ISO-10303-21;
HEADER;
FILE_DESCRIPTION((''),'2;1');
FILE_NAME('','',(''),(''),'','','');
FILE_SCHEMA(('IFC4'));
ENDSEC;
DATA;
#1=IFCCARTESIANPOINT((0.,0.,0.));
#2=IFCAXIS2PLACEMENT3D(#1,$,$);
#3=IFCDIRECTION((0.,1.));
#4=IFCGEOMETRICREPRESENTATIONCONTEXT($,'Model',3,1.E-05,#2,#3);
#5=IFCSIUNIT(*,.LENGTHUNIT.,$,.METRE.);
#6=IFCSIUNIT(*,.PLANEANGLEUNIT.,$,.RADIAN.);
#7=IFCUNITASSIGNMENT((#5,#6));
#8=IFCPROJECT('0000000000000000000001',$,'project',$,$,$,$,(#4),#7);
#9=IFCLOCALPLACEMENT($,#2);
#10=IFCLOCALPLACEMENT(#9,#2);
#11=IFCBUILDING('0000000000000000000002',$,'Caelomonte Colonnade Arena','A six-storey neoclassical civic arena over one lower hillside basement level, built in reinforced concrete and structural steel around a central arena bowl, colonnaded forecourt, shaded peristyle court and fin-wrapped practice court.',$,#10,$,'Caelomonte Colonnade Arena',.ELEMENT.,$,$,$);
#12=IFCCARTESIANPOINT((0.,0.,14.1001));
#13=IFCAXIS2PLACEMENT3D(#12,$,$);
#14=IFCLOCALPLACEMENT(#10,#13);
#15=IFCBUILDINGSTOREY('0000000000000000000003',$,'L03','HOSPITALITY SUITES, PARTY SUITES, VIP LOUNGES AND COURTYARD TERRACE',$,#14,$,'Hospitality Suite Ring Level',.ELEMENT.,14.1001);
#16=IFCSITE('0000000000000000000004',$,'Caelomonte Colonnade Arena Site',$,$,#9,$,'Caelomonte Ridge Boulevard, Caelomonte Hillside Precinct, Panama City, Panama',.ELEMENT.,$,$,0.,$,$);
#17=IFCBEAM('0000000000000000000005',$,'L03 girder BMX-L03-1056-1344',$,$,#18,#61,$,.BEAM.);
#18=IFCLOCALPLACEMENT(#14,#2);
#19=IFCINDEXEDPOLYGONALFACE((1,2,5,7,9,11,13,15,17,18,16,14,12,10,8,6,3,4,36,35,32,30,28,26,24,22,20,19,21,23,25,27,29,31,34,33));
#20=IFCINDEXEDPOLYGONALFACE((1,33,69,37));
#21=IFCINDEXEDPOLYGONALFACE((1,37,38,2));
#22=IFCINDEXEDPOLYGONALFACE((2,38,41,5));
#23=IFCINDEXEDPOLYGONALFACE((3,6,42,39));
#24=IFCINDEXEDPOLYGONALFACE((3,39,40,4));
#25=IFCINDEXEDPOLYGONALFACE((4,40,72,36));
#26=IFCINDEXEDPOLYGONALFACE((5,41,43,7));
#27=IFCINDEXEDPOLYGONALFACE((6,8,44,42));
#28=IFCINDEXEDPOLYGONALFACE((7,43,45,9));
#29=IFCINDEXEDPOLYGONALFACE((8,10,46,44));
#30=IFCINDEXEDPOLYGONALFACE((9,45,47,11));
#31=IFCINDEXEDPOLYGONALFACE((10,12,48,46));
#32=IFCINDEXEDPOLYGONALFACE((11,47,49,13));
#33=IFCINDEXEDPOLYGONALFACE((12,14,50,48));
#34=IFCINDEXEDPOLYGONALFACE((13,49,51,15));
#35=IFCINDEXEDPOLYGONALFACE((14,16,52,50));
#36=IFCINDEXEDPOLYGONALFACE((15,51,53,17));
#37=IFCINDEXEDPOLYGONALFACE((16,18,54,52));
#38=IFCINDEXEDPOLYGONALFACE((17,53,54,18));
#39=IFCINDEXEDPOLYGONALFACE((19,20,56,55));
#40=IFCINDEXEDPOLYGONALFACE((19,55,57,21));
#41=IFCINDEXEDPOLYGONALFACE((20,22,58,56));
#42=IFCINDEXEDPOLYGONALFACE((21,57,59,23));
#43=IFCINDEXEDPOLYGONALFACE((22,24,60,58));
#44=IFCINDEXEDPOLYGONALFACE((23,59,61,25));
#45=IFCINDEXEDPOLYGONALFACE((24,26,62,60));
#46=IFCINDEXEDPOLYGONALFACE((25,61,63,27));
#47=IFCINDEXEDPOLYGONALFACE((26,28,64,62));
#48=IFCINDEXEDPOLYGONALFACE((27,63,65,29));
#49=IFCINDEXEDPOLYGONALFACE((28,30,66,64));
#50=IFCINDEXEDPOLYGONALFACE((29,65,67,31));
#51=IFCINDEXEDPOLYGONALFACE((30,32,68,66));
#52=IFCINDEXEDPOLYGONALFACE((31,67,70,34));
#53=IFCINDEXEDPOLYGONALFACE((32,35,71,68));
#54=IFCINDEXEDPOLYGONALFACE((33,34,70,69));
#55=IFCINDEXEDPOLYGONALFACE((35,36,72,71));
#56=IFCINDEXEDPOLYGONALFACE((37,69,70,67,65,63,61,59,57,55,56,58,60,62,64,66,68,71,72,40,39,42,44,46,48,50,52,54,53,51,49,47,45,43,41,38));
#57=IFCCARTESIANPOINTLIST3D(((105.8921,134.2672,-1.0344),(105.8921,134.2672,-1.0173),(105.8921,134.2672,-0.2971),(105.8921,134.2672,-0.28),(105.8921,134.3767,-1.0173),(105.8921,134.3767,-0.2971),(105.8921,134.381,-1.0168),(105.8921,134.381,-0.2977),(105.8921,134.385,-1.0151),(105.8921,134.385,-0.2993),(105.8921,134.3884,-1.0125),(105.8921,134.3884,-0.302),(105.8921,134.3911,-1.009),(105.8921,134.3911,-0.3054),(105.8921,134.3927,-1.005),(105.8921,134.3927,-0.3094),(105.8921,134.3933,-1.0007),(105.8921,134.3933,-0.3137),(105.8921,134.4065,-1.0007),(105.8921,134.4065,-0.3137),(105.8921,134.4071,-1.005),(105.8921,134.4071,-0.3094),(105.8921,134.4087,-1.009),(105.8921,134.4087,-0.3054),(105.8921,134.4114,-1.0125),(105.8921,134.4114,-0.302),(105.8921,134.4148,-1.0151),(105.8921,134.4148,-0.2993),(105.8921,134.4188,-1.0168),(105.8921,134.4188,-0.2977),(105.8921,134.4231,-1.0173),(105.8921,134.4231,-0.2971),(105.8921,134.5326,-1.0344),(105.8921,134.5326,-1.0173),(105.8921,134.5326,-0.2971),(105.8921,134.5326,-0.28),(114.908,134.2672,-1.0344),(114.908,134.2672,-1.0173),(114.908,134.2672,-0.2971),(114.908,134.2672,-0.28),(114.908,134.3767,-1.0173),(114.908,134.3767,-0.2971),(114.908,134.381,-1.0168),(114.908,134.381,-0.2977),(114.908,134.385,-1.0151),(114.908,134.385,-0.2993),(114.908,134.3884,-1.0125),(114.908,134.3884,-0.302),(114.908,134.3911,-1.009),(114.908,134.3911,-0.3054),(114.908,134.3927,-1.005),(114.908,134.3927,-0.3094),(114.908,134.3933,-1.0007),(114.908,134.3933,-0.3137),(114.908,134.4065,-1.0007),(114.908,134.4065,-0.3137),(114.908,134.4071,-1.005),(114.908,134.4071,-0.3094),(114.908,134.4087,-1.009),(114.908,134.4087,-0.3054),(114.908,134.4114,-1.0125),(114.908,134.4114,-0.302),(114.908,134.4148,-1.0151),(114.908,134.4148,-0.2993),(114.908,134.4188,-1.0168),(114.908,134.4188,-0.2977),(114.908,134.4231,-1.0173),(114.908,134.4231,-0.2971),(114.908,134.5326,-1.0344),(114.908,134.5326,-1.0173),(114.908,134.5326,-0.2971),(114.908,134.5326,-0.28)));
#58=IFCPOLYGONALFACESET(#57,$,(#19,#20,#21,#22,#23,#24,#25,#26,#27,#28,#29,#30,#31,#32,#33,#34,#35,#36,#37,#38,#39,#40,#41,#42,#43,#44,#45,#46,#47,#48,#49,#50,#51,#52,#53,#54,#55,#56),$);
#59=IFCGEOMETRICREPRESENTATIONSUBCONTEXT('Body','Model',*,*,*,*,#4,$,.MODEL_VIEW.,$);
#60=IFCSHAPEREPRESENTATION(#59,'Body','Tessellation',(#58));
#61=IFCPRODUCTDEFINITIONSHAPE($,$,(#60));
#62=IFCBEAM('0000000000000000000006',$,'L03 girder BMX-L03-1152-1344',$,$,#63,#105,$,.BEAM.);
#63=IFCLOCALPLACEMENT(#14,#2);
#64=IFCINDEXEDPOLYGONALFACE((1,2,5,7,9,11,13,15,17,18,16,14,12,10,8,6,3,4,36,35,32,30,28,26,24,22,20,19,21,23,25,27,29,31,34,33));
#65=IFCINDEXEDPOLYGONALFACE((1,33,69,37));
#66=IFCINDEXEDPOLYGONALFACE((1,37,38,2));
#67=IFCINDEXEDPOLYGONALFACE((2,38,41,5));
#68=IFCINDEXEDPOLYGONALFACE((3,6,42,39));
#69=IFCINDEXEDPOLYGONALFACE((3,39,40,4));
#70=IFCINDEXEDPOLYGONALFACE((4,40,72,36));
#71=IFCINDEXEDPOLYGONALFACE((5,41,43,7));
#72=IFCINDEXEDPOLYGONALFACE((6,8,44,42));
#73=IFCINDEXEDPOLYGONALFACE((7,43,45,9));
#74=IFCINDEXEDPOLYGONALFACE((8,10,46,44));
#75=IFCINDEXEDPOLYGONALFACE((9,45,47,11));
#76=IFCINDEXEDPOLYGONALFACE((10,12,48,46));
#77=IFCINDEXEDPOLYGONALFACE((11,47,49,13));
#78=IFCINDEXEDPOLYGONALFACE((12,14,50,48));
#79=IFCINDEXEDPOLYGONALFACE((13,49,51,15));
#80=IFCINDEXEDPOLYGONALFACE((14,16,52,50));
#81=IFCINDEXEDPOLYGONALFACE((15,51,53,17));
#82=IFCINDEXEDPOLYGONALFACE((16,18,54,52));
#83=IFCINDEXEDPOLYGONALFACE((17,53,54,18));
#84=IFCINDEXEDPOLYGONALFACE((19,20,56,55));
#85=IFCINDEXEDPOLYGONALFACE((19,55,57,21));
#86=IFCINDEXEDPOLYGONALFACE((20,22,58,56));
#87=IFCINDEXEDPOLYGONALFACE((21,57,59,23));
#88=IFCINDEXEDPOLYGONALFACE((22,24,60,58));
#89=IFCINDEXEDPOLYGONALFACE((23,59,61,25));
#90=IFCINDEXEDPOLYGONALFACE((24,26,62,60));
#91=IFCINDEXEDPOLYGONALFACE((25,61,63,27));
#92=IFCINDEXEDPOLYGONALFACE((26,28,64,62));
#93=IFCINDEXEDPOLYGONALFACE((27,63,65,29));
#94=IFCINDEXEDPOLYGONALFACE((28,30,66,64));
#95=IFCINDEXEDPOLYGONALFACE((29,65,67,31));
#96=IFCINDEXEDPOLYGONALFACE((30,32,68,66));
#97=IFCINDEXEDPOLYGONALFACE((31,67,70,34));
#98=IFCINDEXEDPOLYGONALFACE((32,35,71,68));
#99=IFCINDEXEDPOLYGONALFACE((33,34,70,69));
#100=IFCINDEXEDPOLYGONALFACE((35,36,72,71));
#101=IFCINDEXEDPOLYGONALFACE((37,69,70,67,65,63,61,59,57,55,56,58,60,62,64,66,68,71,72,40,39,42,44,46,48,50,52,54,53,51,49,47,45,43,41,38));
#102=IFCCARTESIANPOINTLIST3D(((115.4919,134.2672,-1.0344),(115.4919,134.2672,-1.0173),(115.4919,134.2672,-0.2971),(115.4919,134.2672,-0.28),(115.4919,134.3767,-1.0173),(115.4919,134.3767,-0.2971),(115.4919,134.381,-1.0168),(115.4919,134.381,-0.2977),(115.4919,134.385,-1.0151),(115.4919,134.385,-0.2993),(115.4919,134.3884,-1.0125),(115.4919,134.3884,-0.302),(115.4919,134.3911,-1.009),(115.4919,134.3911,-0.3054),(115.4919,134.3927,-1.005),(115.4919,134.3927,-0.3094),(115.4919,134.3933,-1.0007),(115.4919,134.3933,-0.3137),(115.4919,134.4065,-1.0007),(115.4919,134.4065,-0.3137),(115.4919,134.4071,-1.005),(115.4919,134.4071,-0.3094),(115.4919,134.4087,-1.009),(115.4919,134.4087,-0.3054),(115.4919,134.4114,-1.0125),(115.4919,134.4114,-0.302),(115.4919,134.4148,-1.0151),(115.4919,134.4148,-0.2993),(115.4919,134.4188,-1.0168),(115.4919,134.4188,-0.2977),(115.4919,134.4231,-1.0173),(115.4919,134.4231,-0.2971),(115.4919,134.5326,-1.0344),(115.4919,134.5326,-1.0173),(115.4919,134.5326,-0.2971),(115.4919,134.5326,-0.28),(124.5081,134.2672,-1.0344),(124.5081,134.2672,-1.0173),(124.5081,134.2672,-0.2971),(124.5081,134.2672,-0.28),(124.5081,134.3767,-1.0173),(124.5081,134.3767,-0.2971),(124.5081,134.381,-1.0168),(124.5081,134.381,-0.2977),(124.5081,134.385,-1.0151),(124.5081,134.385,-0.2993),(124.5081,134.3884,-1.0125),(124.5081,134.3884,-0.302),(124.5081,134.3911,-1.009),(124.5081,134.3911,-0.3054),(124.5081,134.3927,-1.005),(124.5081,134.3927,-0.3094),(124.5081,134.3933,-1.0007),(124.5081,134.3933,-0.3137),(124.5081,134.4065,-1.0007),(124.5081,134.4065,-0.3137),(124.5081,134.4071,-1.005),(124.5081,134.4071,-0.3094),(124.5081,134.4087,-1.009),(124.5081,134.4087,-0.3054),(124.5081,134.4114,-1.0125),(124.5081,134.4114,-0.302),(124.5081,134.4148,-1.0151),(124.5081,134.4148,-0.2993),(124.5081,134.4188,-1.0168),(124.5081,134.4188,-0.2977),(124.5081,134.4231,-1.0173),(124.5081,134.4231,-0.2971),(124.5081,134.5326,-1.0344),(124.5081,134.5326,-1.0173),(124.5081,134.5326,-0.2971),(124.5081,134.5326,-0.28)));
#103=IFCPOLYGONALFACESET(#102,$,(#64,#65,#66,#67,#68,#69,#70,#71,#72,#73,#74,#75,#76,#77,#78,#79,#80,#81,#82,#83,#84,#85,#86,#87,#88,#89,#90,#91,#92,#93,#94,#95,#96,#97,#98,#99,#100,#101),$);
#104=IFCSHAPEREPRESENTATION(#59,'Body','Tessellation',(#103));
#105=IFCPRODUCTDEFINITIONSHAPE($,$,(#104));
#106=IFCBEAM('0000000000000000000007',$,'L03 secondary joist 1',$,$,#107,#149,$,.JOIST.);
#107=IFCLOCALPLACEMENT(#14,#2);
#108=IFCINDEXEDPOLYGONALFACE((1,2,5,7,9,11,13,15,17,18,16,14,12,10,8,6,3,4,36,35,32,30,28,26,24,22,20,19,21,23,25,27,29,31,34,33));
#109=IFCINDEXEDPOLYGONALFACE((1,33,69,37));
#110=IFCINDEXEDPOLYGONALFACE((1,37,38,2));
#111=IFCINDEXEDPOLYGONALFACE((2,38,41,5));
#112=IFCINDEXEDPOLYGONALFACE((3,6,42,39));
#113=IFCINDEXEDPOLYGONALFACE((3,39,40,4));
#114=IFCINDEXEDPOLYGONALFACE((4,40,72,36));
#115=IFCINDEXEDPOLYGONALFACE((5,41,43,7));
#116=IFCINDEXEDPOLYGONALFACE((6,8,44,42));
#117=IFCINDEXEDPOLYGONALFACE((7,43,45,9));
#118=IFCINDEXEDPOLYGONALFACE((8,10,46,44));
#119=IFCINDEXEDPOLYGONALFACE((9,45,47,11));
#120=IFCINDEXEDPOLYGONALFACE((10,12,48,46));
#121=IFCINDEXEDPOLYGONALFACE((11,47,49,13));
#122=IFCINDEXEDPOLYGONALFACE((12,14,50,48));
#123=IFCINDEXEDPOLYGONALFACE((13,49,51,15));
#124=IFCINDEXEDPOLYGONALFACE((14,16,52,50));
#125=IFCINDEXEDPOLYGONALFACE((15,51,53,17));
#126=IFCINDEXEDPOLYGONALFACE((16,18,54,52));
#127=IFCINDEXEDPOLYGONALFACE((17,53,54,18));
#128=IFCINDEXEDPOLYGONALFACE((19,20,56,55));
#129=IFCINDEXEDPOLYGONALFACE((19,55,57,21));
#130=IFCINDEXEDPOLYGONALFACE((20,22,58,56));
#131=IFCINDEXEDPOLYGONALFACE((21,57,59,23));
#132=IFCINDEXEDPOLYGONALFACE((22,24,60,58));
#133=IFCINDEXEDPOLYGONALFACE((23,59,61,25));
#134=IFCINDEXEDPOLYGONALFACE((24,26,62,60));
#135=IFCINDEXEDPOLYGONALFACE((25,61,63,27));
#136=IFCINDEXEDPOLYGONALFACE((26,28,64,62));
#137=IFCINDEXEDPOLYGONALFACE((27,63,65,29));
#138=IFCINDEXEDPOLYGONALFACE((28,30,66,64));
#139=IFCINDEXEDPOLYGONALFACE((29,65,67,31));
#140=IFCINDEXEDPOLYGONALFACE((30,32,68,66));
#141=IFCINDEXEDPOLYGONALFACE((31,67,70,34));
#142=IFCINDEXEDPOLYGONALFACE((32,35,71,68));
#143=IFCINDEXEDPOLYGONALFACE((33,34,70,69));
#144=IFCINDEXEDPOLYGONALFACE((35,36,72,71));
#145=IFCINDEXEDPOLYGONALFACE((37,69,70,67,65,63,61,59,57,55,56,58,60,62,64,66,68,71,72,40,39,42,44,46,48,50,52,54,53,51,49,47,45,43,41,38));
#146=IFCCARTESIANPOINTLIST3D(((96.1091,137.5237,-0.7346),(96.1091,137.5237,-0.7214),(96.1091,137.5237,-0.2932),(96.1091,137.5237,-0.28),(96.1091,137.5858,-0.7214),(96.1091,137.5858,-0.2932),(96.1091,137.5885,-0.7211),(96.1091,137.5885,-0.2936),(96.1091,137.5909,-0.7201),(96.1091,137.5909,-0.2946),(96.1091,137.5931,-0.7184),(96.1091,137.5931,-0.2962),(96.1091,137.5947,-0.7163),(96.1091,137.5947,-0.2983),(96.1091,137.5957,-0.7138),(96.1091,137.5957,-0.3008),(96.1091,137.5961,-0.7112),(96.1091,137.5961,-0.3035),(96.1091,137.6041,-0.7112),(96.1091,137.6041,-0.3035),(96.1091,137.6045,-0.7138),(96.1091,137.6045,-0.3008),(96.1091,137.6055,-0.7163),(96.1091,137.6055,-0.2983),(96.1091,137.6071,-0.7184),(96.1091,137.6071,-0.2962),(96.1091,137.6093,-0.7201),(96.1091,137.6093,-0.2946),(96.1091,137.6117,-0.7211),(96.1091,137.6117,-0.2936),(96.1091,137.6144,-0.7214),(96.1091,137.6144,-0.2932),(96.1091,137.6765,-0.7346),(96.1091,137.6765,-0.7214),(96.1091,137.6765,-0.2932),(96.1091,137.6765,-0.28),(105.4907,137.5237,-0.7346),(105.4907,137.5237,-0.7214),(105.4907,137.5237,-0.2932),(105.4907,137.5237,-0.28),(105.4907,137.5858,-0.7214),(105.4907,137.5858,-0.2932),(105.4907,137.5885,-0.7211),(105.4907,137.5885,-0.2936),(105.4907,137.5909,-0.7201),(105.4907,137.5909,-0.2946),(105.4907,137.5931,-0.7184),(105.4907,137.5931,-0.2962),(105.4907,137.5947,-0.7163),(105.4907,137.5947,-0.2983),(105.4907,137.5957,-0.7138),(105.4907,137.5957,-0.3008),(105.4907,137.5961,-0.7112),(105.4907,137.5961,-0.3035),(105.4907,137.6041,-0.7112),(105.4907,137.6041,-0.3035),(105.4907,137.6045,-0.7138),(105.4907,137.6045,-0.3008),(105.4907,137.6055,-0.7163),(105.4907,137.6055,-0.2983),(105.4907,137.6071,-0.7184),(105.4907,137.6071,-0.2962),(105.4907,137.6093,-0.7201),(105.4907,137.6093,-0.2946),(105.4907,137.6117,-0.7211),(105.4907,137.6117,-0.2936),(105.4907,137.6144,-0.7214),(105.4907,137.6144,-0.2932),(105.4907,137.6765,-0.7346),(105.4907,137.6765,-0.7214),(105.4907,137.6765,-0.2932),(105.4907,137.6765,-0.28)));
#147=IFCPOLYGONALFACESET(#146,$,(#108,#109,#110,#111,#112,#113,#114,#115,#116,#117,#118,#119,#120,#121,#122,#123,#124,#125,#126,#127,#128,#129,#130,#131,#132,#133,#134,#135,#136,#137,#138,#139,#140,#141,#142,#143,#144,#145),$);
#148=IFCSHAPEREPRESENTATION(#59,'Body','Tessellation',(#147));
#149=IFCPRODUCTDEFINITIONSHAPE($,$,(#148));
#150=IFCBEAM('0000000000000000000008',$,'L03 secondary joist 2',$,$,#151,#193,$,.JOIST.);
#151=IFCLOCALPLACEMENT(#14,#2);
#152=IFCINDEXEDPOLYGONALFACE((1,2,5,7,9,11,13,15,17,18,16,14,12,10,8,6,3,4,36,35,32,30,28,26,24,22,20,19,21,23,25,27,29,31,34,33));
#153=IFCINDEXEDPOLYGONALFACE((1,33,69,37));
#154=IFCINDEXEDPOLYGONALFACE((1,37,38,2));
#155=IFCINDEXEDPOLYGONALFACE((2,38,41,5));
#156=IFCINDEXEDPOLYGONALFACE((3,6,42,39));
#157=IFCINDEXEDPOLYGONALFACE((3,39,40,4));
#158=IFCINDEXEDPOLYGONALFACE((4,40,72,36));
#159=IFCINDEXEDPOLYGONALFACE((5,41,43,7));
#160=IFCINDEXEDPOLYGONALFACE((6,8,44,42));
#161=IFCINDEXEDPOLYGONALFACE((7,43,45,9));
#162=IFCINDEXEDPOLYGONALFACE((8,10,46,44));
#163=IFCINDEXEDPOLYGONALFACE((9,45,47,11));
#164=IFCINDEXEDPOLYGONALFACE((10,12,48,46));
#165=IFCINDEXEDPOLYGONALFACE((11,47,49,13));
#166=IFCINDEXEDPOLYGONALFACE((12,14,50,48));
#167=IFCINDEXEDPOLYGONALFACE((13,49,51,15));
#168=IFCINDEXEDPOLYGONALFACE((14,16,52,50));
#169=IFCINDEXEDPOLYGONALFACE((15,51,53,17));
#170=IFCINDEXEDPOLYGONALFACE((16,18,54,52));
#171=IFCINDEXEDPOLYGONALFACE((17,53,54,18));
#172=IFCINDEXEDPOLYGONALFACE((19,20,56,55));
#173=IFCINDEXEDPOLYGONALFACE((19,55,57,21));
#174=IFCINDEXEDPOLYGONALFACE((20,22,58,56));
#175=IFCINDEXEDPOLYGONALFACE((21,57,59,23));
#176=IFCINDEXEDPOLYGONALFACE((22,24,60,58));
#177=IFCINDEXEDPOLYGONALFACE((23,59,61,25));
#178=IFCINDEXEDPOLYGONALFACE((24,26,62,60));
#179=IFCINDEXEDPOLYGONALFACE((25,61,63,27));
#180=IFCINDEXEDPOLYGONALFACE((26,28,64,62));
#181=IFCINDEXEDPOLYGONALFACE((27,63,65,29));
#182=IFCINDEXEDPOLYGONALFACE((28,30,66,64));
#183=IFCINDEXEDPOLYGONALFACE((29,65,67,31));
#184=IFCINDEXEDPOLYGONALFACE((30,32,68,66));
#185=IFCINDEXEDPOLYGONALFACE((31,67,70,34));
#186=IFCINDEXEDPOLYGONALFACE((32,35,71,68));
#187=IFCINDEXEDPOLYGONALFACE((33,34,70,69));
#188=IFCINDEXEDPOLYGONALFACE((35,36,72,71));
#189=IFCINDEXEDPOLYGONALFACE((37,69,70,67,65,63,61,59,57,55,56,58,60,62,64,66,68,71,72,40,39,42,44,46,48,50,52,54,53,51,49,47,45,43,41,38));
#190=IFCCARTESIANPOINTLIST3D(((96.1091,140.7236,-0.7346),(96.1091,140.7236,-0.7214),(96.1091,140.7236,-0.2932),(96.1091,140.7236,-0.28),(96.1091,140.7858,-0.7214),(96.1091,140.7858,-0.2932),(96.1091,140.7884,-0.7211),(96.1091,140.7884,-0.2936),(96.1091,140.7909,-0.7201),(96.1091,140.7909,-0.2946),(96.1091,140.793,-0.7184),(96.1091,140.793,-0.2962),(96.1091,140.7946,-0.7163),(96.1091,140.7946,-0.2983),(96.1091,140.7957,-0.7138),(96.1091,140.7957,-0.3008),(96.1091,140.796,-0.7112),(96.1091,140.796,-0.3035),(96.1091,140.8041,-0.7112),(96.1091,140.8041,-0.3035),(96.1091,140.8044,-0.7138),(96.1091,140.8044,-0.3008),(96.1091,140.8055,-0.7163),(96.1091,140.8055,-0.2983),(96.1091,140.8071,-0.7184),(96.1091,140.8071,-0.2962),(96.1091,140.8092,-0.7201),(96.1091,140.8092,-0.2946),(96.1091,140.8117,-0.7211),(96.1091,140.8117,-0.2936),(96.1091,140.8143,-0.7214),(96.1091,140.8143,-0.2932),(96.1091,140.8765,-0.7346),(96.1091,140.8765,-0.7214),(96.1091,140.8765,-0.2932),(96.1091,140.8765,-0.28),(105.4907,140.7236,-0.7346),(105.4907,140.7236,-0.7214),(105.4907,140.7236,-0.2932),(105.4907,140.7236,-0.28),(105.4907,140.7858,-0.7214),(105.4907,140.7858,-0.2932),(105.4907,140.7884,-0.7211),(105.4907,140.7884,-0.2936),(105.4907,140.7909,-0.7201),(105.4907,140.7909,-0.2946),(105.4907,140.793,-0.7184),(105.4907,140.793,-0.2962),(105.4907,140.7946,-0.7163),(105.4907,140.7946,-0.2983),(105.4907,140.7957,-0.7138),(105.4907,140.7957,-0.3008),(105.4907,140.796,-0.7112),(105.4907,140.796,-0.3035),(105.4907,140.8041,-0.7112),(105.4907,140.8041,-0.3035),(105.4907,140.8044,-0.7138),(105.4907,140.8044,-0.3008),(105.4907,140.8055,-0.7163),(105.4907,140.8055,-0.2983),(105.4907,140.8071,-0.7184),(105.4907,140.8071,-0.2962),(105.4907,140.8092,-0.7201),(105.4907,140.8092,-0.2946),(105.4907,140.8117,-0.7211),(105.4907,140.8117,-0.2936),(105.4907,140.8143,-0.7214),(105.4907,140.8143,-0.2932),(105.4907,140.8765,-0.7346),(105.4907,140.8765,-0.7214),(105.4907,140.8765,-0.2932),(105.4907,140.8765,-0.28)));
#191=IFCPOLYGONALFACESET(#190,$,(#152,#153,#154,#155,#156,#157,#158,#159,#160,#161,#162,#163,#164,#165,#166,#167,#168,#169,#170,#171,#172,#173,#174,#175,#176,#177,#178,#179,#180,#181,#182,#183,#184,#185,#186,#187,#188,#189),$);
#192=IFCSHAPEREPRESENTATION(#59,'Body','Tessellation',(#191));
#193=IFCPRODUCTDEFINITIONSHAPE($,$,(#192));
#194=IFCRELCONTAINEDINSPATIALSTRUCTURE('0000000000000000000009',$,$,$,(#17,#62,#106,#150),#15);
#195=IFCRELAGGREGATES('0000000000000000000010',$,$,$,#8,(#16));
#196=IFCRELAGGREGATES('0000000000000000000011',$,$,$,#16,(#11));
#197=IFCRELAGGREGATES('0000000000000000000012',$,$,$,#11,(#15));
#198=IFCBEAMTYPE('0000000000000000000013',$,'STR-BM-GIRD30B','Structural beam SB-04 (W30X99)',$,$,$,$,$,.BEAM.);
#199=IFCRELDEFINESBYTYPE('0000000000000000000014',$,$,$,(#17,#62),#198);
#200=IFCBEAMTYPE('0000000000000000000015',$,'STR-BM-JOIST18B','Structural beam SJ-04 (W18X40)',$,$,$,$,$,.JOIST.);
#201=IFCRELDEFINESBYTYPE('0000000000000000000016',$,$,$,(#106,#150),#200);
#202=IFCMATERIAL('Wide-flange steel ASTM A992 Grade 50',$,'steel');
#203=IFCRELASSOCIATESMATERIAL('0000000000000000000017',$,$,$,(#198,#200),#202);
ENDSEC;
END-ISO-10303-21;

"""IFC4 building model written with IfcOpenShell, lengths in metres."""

from ifc_helpers import new_model, si_unit, direction, frame, origin, origin_2d, place, context, subcontext, project, spatial, i_section, extrude, material, material_profile, profile_set, type_object, element, save


model = new_model("IFC4")

# Units and contexts
model_context = context("Model", 3, precision=1e-05, world=origin(), true_north=direction((0.0, 1.0)))
body_context = subcontext(model_context, "Body", "Model", "MODEL_VIEW")
ifc_project = project(units=[si_unit("LENGTHUNIT", "METRE"), si_unit("PLANEANGLEUNIT", "RADIAN")], contexts=[model_context])

# Site, building, storey
site_placement = place(None, origin())
site = spatial("IfcSite", under=ifc_project, at=site_placement, Name="Caelomonte Colonnade Arena Site", LongName="Caelomonte Ridge Boulevard, Caelomonte Hillside Precinct, Panama City, Panama", CompositionType="ELEMENT", RefElevation=0.0)
building_placement = place(site_placement, origin())
building = spatial("IfcBuilding", under=site, at=building_placement, Name="Caelomonte Colonnade Arena", Description="A six-storey neoclassical civic arena over one lower hillside basement level, built in reinforced concrete and structural steel around a central arena bowl, colonnaded forecourt, shaded peristyle court and fin-wrapped practice court.", LongName="Caelomonte Colonnade Arena", CompositionType="ELEMENT")
storey_placement = place(building_placement, frame((0.0, 0.0, 14.1001)))
storey = spatial("IfcBuildingStorey", under=building, at=storey_placement, Name="L03", Description="HOSPITALITY SUITES, PARTY SUITES, VIP LOUNGES AND COURTYARD TERRACE", LongName="Hospitality Suite Ring Level", CompositionType="ELEMENT", Elevation=14.1001)

# Beams
ifc_material_1 = material(Name="Wide-flange steel ASTM A992 Grade 50", Category="steel")
ifc_material_profile_1 = material_profile(ifc_material_1, i_section(OverallWidth=0.2654, OverallDepth=0.7544, WebThickness=0.0132, FlangeThickness=0.0171, FilletRadius=0.0166, at=origin_2d()), Name="W30X99")
ifc_profile_set_1 = profile_set([ifc_material_profile_1], Name="Wide-flange steel ASTM A992 Grade 50")
beam_type_1 = type_object("IfcBeamType", Name="STR-BM-GIRD30B", Description="Structural beam SB-04 (W30X99)", PredefinedType="BEAM", material=ifc_profile_set_1)
beam_1_placement = place(storey_placement, frame((105.8921, 134.3999, -0.6572), z_axis=(1.0, 0.0, 0.0), x_axis=(0.0, 1.0, 0.0)))
element("IfcBeam", 1, at=beam_1_placement, inside=storey, type_object=beam_type_1, Name="L03 girder BMX-L03-1056-1344", PredefinedType="BEAM", context=body_context, shape_type="SweptSolid", body=[
    extrude(i_section(OverallWidth=0.2654, OverallDepth=0.7544, WebThickness=0.0132, FlangeThickness=0.0171, FilletRadius=0.0166, at=origin_2d()), origin(), (0.0, 0.0, 1.0), 9.0159),
])
beam_2_placement = place(storey_placement, frame((115.4919, 134.3999, -0.6572), z_axis=(1.0, 0.0, 0.0), x_axis=(0.0, 1.0, 0.0)))
element("IfcBeam", 2, at=beam_2_placement, inside=storey, type_object=beam_type_1, Name="L03 girder BMX-L03-1152-1344", PredefinedType="BEAM", context=body_context, shape_type="SweptSolid", body=[
    extrude(i_section(OverallWidth=0.2654, OverallDepth=0.7544, WebThickness=0.0132, FlangeThickness=0.0171, FilletRadius=0.0166, at=origin_2d()), origin(), (0.0, 0.0, 1.0), 9.0161),
])
ifc_material_profile_2 = material_profile(ifc_material_1, i_section(OverallWidth=0.1528, OverallDepth=0.4546, WebThickness=0.0081, FlangeThickness=0.0132, FilletRadius=0.0103, at=origin_2d()), Name="W18X40")
ifc_profile_set_2 = profile_set([ifc_material_profile_2], Name="Wide-flange steel ASTM A992 Grade 50")
beam_type_2 = type_object("IfcBeamType", Name="STR-BM-JOIST18B", Description="Structural beam SJ-04 (W18X40)", PredefinedType="JOIST", material=ifc_profile_set_2)
for number, where, z_axis, x_axis, name in (
    (3, (96.1091, 137.6001, -0.5073), (1.0, 0.0, 0.0), (0.0, 1.0, 0.0), "L03 secondary joist 1"),
    (4, (96.1091, 140.8, -0.5073), (1.0, 0.0, 0.0), (0.0, 1.0, 0.0), "L03 secondary joist 2"),
):
    element("IfcBeam", number, at=place(storey_placement, frame(where, z_axis=z_axis, x_axis=x_axis)), inside=storey, type_object=beam_type_2, Name=name, PredefinedType="JOIST", context=body_context, shape_type="SweptSolid", body=[
        extrude(i_section(OverallWidth=0.1528, OverallDepth=0.4546, WebThickness=0.0081, FlangeThickness=0.0132, FilletRadius=0.0103, at=origin_2d()), origin(), (0.0, 0.0, 1.0), 9.3816),
    ])

save(model, "model.ifc")
